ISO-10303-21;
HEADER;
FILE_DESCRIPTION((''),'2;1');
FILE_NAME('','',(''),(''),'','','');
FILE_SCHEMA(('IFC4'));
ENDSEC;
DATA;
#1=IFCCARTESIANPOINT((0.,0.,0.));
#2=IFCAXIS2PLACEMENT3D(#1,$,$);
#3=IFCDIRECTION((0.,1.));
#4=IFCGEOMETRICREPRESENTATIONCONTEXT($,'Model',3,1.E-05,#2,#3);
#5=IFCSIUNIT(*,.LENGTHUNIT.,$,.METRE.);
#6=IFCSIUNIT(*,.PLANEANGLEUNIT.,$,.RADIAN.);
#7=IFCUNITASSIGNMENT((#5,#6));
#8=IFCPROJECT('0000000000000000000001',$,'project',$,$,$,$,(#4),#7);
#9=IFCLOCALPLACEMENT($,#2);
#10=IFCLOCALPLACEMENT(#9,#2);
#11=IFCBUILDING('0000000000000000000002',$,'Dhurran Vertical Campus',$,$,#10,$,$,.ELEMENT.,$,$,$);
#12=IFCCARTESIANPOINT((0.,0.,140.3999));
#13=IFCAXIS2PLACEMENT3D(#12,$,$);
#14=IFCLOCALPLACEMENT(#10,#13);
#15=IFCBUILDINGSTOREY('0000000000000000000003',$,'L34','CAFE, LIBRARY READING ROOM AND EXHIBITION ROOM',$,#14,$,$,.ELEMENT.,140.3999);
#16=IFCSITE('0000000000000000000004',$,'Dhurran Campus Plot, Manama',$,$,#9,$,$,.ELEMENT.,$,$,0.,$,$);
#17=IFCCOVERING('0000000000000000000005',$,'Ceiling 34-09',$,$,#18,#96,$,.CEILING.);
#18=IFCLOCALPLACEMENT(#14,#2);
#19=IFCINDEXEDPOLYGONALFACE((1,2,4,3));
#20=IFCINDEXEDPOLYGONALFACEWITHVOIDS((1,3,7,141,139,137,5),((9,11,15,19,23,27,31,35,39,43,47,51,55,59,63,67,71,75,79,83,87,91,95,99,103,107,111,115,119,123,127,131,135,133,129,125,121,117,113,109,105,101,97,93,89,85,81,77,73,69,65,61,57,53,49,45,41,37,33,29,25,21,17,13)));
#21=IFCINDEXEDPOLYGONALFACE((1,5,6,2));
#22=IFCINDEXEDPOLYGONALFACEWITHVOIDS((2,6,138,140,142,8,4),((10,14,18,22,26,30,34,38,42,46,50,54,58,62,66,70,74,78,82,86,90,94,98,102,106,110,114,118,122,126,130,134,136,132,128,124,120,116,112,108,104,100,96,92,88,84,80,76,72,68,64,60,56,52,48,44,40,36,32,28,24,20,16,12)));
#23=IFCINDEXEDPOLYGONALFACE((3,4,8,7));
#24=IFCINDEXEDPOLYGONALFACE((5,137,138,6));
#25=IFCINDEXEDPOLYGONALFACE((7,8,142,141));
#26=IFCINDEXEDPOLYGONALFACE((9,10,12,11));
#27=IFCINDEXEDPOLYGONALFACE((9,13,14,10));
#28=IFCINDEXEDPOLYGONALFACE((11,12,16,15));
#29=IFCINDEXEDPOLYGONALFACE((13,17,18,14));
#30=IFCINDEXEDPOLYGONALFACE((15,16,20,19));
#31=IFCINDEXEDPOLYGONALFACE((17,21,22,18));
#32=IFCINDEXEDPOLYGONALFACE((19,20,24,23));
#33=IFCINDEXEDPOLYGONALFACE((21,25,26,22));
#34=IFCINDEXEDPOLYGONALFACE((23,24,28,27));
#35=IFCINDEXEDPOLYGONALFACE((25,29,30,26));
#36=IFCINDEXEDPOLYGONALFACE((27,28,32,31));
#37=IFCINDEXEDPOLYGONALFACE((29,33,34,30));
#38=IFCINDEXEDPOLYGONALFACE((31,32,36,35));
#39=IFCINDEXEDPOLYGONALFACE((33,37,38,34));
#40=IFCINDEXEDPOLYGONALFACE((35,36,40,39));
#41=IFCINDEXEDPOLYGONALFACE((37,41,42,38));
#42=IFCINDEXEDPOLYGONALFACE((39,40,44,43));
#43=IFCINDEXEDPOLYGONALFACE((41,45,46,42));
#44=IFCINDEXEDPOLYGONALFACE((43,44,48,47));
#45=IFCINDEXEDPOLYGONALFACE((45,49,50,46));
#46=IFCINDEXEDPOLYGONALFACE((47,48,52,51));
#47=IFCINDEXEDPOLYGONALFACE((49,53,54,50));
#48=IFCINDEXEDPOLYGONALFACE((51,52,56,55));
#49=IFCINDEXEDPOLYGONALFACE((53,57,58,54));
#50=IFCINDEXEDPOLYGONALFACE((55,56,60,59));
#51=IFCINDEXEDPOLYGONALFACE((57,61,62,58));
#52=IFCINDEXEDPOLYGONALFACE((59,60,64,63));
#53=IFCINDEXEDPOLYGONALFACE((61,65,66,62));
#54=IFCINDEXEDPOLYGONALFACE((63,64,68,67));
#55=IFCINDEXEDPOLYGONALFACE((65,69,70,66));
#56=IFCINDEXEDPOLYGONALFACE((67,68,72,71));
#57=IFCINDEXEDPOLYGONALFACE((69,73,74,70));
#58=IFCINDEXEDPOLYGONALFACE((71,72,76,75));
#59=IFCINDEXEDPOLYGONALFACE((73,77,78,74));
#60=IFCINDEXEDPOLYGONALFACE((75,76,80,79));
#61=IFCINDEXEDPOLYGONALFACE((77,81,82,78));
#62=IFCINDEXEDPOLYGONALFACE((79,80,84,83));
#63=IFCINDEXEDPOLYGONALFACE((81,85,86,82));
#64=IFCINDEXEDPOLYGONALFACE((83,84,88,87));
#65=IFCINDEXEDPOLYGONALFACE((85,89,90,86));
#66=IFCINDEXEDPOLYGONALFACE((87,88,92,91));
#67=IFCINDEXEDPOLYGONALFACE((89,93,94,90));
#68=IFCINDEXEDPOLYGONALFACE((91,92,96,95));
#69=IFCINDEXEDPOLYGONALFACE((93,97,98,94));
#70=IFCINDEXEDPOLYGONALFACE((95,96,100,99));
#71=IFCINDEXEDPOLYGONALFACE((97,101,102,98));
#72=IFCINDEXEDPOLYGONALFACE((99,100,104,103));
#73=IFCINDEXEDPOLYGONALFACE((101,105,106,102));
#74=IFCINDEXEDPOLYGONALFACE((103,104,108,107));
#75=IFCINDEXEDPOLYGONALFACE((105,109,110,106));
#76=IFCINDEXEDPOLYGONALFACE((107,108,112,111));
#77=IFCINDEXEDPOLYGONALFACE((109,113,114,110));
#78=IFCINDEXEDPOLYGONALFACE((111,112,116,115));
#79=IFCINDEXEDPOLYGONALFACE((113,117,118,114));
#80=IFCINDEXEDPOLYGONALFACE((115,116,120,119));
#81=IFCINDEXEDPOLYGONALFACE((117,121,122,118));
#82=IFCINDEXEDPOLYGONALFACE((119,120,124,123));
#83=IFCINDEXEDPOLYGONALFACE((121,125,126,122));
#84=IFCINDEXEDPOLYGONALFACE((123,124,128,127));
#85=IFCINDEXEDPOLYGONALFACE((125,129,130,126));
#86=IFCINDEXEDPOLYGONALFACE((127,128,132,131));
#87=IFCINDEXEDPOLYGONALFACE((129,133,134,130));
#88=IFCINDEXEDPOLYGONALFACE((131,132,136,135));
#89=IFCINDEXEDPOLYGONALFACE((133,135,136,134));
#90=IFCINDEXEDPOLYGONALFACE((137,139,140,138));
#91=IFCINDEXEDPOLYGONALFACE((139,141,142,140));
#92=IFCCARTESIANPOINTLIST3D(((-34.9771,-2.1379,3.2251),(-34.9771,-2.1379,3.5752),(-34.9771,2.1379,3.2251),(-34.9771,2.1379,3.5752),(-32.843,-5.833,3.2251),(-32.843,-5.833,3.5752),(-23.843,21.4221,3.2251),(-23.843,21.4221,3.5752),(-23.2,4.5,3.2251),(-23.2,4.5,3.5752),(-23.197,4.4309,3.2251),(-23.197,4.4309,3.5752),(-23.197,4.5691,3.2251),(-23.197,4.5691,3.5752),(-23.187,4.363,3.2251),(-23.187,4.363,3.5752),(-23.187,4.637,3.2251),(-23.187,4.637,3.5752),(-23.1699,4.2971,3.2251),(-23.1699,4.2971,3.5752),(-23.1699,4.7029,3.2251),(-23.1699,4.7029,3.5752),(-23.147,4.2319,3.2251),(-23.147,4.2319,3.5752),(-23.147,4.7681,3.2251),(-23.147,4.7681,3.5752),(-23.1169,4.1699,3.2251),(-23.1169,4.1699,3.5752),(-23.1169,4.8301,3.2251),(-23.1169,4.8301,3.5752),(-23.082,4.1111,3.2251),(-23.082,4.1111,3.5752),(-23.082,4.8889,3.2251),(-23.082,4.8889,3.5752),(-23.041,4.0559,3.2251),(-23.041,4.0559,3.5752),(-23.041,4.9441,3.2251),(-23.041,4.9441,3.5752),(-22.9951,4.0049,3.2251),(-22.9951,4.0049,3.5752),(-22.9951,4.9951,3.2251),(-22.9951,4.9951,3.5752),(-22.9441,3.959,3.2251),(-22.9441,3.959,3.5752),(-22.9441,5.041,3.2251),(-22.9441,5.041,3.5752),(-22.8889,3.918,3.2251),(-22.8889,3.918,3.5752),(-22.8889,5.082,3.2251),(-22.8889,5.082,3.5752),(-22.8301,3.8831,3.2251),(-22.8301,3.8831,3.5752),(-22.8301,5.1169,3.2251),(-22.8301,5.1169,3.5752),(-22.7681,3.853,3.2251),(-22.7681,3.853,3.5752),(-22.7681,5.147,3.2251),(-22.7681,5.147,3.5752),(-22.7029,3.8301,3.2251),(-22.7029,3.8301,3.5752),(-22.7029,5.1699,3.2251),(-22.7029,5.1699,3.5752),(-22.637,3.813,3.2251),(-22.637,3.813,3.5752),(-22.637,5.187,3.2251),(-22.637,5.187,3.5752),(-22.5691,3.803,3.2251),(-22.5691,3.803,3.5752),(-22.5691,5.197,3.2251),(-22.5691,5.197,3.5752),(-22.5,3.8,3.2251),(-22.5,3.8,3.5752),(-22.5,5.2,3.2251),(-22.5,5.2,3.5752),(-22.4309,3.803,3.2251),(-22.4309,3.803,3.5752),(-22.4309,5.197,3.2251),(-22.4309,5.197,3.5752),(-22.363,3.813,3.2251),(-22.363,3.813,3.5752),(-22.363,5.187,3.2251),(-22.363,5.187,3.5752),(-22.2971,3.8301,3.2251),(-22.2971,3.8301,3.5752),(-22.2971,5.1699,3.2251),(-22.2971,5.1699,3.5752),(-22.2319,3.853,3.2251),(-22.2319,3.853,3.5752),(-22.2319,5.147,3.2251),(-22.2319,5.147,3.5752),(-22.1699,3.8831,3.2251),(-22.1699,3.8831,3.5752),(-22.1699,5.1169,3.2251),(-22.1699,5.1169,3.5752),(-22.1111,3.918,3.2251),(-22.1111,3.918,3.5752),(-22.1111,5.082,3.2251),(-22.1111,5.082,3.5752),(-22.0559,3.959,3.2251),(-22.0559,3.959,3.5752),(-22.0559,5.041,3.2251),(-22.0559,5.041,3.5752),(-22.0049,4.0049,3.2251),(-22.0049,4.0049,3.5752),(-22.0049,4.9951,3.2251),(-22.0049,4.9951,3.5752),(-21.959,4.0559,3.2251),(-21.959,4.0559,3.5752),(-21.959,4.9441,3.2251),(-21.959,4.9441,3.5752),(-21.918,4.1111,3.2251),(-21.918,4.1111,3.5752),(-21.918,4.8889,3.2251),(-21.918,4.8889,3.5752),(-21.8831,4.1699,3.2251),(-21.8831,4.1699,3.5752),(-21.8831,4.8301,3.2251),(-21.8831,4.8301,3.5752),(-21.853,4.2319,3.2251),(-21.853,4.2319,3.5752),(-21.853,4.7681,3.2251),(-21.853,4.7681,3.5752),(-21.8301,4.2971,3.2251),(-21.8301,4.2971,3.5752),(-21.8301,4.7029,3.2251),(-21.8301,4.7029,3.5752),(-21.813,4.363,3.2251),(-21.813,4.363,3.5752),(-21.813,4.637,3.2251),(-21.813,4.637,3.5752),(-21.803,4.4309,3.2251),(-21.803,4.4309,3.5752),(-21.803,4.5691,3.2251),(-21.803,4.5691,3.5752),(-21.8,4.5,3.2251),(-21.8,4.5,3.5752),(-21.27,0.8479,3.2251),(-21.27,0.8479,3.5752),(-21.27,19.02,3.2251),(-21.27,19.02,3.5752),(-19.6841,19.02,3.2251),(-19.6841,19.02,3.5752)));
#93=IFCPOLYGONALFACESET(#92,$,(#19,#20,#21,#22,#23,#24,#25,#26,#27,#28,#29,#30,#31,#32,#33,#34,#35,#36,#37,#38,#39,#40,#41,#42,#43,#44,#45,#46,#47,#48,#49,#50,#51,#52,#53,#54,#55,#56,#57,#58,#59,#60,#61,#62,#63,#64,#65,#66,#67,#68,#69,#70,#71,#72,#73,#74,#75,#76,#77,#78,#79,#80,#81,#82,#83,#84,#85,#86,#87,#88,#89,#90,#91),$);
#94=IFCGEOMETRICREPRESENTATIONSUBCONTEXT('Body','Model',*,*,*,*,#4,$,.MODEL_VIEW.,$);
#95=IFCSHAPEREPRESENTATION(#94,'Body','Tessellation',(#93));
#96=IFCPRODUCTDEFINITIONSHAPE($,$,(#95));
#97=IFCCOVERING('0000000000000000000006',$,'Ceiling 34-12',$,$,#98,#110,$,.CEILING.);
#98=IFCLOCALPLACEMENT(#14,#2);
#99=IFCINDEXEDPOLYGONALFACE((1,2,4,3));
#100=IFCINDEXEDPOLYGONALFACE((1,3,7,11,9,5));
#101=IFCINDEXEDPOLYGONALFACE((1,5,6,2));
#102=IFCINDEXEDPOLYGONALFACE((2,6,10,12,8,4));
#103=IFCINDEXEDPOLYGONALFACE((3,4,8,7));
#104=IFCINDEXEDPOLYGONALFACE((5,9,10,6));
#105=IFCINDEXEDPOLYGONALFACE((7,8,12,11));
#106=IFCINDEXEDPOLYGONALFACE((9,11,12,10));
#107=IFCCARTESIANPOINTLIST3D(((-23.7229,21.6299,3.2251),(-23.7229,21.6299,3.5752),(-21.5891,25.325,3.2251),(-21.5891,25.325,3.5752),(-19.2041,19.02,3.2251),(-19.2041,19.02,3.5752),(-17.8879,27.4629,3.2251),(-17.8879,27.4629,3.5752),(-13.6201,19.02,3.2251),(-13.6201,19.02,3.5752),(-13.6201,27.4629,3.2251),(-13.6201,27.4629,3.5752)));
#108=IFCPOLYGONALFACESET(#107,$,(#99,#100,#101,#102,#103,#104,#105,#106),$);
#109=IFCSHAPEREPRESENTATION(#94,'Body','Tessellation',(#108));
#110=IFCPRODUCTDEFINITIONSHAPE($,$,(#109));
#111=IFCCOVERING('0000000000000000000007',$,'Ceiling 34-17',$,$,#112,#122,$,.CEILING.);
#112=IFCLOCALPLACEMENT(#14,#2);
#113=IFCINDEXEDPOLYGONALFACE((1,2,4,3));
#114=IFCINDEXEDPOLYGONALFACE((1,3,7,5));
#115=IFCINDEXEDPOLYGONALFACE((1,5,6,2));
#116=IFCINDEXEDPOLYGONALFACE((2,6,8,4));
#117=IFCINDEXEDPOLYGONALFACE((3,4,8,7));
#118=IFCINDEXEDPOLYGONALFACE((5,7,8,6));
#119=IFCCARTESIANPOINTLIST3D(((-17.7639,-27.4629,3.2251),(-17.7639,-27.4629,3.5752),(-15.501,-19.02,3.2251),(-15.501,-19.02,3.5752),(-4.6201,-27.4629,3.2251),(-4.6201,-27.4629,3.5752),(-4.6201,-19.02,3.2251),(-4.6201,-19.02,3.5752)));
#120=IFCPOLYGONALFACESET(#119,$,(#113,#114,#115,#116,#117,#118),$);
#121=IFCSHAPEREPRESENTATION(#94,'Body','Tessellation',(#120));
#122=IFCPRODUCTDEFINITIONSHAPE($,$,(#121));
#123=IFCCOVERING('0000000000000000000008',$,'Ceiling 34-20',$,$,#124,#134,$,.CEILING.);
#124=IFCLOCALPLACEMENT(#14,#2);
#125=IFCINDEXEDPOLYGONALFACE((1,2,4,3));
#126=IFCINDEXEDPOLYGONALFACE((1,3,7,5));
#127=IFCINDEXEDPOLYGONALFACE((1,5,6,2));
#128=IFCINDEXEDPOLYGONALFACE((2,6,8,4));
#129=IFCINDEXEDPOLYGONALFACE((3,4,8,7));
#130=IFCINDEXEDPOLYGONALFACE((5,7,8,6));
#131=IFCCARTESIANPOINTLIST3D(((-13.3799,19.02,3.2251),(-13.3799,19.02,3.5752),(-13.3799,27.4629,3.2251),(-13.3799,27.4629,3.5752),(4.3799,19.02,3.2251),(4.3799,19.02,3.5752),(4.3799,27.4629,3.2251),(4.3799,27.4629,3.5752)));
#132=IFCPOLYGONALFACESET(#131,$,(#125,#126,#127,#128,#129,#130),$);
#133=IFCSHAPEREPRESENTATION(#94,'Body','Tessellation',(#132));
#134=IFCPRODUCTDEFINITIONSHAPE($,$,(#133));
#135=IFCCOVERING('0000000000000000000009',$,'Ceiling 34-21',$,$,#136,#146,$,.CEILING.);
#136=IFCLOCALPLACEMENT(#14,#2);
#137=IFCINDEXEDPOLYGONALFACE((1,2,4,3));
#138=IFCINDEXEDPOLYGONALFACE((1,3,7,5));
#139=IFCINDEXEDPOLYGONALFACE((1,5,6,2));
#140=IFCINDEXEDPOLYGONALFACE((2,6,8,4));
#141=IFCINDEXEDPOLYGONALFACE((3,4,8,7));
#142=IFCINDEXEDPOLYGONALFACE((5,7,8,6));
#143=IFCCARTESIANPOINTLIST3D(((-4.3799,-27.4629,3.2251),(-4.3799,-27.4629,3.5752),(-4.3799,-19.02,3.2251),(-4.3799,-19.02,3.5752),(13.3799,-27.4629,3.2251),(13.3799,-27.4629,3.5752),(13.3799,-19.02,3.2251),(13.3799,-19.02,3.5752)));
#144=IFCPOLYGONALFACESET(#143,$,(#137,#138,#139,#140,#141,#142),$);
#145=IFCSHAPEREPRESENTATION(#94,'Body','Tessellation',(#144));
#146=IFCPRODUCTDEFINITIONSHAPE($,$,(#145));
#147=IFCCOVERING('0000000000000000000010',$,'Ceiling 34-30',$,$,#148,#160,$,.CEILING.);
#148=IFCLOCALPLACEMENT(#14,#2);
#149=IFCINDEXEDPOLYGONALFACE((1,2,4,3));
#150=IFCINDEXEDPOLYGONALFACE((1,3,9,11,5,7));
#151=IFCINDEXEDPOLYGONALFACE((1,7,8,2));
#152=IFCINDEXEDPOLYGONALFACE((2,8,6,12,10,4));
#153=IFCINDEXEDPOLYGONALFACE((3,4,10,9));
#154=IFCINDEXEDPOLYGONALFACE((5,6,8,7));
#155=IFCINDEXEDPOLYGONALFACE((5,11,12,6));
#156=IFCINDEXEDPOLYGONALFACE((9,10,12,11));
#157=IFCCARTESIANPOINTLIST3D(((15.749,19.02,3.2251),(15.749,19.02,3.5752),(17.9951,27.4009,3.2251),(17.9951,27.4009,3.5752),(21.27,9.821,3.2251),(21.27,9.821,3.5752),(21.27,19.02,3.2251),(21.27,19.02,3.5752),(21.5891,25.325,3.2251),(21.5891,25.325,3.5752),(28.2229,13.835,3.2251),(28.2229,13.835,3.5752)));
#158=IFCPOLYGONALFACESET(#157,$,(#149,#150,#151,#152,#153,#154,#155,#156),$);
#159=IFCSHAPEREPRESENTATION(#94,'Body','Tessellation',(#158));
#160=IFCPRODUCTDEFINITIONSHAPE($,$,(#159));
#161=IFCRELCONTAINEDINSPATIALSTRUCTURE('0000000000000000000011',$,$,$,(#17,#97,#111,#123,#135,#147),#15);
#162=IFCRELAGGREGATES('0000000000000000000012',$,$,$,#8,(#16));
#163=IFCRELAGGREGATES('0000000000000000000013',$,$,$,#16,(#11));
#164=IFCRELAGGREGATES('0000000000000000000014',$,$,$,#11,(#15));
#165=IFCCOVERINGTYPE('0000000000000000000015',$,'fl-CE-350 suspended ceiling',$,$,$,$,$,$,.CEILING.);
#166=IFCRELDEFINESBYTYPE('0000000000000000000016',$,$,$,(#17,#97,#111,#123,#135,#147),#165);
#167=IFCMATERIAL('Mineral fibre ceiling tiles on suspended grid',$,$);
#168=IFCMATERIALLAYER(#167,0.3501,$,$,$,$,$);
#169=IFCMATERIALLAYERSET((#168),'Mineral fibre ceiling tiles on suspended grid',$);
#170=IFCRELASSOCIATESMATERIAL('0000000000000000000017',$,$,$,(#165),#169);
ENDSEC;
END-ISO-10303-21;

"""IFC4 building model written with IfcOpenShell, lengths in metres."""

from ifc_helpers import new_model, si_unit, direction, frame, origin, place, context, subcontext, project, spatial, polyline, outline, extrude, material, layer, layer_set, type_object, element, save


model = new_model("IFC4")

# Units and contexts
model_context = context("Model", 3, precision=1e-05, world=origin(), true_north=direction((0.0, 1.0)))
body_context = subcontext(model_context, "Body", "Model", "MODEL_VIEW")
ifc_project = project(units=[si_unit("LENGTHUNIT", "METRE"), si_unit("PLANEANGLEUNIT", "RADIAN")], contexts=[model_context])

# Site, building, storey
site_placement = place(None, origin())
site = spatial("IfcSite", under=ifc_project, at=site_placement, Name="Dhurran Campus Plot, Manama", CompositionType="ELEMENT", RefElevation=0.0)
building_placement = place(site_placement, origin())
building = spatial("IfcBuilding", under=site, at=building_placement, Name="Dhurran Vertical Campus", CompositionType="ELEMENT")
storey_placement = place(building_placement, frame((0.0, 0.0, 140.3999)))
storey = spatial("IfcBuildingStorey", under=building, at=storey_placement, Name="L34", Description="CAFE, LIBRARY READING ROOM AND EXHIBITION ROOM", CompositionType="ELEMENT", Elevation=140.3999)

# Coverings
ifc_material_1 = material(Name="Mineral fibre ceiling tiles on suspended grid")
ifc_layer_1 = layer(ifc_material_1, 0.3501)
ifc_layer_set_1 = layer_set([ifc_layer_1], Name="Mineral fibre ceiling tiles on suspended grid")
covering_type = type_object("IfcCoveringType", Name="fl-CE-350 suspended ceiling", PredefinedType="CEILING", material=ifc_layer_set_1)
covering_1_placement = place(storey_placement, frame((0.0, 0.0, 3.2251)))
element("IfcCovering", 1, at=covering_1_placement, inside=storey, type_object=covering_type, Name="Ceiling 34-09", PredefinedType="CEILING", context=body_context, shape_type="SweptSolid", body=[
    extrude(outline(polyline([(-19.6841, 19.02), (-21.27, 19.02), (-21.27, 0.8479), (-32.843, -5.833), (-34.9771, -2.1379), (-34.9771, 2.1379), (-23.843, 21.4221), (-19.6841, 19.02)]), holes=[polyline([(-21.8301, 4.7029), (-21.853, 4.7681), (-21.8831, 4.8301), (-21.918, 4.8889), (-21.959, 4.9441), (-22.0049, 4.9951), (-22.0559, 5.041), (-22.1111, 5.082), (-22.1699, 5.1169), (-22.2319, 5.147), (-22.2971, 5.1699), (-22.363, 5.187), (-22.4309, 5.197), (-22.5, 5.2), (-22.5691, 5.197), (-22.637, 5.187), (-22.7029, 5.1699), (-22.7681, 5.147), (-22.8301, 5.1169), (-22.8889, 5.082), (-22.9441, 5.041), (-22.9951, 4.9951), (-23.041, 4.9441), (-23.082, 4.8889), (-23.1169, 4.8301), (-23.147, 4.7681), (-23.1699, 4.7029), (-23.187, 4.637), (-23.197, 4.5691), (-23.2, 4.5), (-23.197, 4.4309), (-23.187, 4.363), (-23.1699, 4.2971), (-23.147, 4.2319), (-23.1169, 4.1699), (-23.082, 4.1111), (-23.041, 4.0559), (-22.9951, 4.0049), (-22.9441, 3.959), (-22.8889, 3.918), (-22.8301, 3.8831), (-22.7681, 3.853), (-22.7029, 3.8301), (-22.637, 3.813), (-22.5691, 3.803), (-22.5, 3.8), (-22.4309, 3.803), (-22.363, 3.813), (-22.2971, 3.8301), (-22.2319, 3.853), (-22.1699, 3.8831), (-22.1111, 3.918), (-22.0559, 3.959), (-22.0049, 4.0049), (-21.959, 4.0559), (-21.918, 4.1111), (-21.8831, 4.1699), (-21.853, 4.2319), (-21.8301, 4.2971), (-21.813, 4.363), (-21.803, 4.4309), (-21.8, 4.5), (-21.803, 4.5691), (-21.813, 4.637), (-21.8301, 4.7029)])]), origin(), (0.0, 0.0, 1.0), 0.3501),
])
covering_2_placement = place(storey_placement, frame((0.0, 0.0, 3.2251)))
element("IfcCovering", 2, at=covering_2_placement, inside=storey, type_object=covering_type, Name="Ceiling 34-12", PredefinedType="CEILING", context=body_context, shape_type="SweptSolid", body=[
    extrude(outline(polyline([(-13.6201, 19.02), (-19.2041, 19.02), (-23.7229, 21.6299), (-21.5891, 25.325), (-17.8879, 27.4629), (-13.6201, 27.4629), (-13.6201, 19.02)])), origin(), (0.0, 0.0, 1.0), 0.3501),
])
covering_3_placement = place(storey_placement, frame((0.0, 0.0, 3.2251)))
element("IfcCovering", 3, at=covering_3_placement, inside=storey, type_object=covering_type, Name="Ceiling 34-17", PredefinedType="CEILING", context=body_context, shape_type="SweptSolid", body=[
    extrude(outline(polyline([(-4.6201, -27.4629), (-17.7639, -27.4629), (-15.501, -19.02), (-4.6201, -19.02), (-4.6201, -27.4629)])), origin(), (0.0, 0.0, 1.0), 0.3501),
])
covering_4_placement = place(storey_placement, frame((0.0, 0.0, 3.2251)))
element("IfcCovering", 4, at=covering_4_placement, inside=storey, type_object=covering_type, Name="Ceiling 34-20", PredefinedType="CEILING", context=body_context, shape_type="SweptSolid", body=[
    extrude(outline(polyline([(-13.3799, 27.4629), (4.3799, 27.4629), (4.3799, 19.02), (-13.3799, 19.02), (-13.3799, 27.4629)])), origin(), (0.0, 0.0, 1.0), 0.3501),
])
covering_5_placement = place(storey_placement, frame((0.0, 0.0, 3.2251)))
element("IfcCovering", 5, at=covering_5_placement, inside=storey, type_object=covering_type, Name="Ceiling 34-21", PredefinedType="CEILING", context=body_context, shape_type="SweptSolid", body=[
    extrude(outline(polyline([(13.3799, -27.4629), (-4.3799, -27.4629), (-4.3799, -19.02), (13.3799, -19.02), (13.3799, -27.4629)])), origin(), (0.0, 0.0, 1.0), 0.3501),
])
covering_6_placement = place(storey_placement, frame((0.0, 0.0, 3.2251)))
element("IfcCovering", 6, at=covering_6_placement, inside=storey, type_object=covering_type, Name="Ceiling 34-30", PredefinedType="CEILING", context=body_context, shape_type="SweptSolid", body=[
    extrude(outline(polyline([(21.27, 19.02), (15.749, 19.02), (17.9951, 27.4009), (21.5891, 25.325), (28.2229, 13.835), (21.27, 9.821), (21.27, 19.02)])), origin(), (0.0, 0.0, 1.0), 0.3501),
])

save(model, "model.ifc")
